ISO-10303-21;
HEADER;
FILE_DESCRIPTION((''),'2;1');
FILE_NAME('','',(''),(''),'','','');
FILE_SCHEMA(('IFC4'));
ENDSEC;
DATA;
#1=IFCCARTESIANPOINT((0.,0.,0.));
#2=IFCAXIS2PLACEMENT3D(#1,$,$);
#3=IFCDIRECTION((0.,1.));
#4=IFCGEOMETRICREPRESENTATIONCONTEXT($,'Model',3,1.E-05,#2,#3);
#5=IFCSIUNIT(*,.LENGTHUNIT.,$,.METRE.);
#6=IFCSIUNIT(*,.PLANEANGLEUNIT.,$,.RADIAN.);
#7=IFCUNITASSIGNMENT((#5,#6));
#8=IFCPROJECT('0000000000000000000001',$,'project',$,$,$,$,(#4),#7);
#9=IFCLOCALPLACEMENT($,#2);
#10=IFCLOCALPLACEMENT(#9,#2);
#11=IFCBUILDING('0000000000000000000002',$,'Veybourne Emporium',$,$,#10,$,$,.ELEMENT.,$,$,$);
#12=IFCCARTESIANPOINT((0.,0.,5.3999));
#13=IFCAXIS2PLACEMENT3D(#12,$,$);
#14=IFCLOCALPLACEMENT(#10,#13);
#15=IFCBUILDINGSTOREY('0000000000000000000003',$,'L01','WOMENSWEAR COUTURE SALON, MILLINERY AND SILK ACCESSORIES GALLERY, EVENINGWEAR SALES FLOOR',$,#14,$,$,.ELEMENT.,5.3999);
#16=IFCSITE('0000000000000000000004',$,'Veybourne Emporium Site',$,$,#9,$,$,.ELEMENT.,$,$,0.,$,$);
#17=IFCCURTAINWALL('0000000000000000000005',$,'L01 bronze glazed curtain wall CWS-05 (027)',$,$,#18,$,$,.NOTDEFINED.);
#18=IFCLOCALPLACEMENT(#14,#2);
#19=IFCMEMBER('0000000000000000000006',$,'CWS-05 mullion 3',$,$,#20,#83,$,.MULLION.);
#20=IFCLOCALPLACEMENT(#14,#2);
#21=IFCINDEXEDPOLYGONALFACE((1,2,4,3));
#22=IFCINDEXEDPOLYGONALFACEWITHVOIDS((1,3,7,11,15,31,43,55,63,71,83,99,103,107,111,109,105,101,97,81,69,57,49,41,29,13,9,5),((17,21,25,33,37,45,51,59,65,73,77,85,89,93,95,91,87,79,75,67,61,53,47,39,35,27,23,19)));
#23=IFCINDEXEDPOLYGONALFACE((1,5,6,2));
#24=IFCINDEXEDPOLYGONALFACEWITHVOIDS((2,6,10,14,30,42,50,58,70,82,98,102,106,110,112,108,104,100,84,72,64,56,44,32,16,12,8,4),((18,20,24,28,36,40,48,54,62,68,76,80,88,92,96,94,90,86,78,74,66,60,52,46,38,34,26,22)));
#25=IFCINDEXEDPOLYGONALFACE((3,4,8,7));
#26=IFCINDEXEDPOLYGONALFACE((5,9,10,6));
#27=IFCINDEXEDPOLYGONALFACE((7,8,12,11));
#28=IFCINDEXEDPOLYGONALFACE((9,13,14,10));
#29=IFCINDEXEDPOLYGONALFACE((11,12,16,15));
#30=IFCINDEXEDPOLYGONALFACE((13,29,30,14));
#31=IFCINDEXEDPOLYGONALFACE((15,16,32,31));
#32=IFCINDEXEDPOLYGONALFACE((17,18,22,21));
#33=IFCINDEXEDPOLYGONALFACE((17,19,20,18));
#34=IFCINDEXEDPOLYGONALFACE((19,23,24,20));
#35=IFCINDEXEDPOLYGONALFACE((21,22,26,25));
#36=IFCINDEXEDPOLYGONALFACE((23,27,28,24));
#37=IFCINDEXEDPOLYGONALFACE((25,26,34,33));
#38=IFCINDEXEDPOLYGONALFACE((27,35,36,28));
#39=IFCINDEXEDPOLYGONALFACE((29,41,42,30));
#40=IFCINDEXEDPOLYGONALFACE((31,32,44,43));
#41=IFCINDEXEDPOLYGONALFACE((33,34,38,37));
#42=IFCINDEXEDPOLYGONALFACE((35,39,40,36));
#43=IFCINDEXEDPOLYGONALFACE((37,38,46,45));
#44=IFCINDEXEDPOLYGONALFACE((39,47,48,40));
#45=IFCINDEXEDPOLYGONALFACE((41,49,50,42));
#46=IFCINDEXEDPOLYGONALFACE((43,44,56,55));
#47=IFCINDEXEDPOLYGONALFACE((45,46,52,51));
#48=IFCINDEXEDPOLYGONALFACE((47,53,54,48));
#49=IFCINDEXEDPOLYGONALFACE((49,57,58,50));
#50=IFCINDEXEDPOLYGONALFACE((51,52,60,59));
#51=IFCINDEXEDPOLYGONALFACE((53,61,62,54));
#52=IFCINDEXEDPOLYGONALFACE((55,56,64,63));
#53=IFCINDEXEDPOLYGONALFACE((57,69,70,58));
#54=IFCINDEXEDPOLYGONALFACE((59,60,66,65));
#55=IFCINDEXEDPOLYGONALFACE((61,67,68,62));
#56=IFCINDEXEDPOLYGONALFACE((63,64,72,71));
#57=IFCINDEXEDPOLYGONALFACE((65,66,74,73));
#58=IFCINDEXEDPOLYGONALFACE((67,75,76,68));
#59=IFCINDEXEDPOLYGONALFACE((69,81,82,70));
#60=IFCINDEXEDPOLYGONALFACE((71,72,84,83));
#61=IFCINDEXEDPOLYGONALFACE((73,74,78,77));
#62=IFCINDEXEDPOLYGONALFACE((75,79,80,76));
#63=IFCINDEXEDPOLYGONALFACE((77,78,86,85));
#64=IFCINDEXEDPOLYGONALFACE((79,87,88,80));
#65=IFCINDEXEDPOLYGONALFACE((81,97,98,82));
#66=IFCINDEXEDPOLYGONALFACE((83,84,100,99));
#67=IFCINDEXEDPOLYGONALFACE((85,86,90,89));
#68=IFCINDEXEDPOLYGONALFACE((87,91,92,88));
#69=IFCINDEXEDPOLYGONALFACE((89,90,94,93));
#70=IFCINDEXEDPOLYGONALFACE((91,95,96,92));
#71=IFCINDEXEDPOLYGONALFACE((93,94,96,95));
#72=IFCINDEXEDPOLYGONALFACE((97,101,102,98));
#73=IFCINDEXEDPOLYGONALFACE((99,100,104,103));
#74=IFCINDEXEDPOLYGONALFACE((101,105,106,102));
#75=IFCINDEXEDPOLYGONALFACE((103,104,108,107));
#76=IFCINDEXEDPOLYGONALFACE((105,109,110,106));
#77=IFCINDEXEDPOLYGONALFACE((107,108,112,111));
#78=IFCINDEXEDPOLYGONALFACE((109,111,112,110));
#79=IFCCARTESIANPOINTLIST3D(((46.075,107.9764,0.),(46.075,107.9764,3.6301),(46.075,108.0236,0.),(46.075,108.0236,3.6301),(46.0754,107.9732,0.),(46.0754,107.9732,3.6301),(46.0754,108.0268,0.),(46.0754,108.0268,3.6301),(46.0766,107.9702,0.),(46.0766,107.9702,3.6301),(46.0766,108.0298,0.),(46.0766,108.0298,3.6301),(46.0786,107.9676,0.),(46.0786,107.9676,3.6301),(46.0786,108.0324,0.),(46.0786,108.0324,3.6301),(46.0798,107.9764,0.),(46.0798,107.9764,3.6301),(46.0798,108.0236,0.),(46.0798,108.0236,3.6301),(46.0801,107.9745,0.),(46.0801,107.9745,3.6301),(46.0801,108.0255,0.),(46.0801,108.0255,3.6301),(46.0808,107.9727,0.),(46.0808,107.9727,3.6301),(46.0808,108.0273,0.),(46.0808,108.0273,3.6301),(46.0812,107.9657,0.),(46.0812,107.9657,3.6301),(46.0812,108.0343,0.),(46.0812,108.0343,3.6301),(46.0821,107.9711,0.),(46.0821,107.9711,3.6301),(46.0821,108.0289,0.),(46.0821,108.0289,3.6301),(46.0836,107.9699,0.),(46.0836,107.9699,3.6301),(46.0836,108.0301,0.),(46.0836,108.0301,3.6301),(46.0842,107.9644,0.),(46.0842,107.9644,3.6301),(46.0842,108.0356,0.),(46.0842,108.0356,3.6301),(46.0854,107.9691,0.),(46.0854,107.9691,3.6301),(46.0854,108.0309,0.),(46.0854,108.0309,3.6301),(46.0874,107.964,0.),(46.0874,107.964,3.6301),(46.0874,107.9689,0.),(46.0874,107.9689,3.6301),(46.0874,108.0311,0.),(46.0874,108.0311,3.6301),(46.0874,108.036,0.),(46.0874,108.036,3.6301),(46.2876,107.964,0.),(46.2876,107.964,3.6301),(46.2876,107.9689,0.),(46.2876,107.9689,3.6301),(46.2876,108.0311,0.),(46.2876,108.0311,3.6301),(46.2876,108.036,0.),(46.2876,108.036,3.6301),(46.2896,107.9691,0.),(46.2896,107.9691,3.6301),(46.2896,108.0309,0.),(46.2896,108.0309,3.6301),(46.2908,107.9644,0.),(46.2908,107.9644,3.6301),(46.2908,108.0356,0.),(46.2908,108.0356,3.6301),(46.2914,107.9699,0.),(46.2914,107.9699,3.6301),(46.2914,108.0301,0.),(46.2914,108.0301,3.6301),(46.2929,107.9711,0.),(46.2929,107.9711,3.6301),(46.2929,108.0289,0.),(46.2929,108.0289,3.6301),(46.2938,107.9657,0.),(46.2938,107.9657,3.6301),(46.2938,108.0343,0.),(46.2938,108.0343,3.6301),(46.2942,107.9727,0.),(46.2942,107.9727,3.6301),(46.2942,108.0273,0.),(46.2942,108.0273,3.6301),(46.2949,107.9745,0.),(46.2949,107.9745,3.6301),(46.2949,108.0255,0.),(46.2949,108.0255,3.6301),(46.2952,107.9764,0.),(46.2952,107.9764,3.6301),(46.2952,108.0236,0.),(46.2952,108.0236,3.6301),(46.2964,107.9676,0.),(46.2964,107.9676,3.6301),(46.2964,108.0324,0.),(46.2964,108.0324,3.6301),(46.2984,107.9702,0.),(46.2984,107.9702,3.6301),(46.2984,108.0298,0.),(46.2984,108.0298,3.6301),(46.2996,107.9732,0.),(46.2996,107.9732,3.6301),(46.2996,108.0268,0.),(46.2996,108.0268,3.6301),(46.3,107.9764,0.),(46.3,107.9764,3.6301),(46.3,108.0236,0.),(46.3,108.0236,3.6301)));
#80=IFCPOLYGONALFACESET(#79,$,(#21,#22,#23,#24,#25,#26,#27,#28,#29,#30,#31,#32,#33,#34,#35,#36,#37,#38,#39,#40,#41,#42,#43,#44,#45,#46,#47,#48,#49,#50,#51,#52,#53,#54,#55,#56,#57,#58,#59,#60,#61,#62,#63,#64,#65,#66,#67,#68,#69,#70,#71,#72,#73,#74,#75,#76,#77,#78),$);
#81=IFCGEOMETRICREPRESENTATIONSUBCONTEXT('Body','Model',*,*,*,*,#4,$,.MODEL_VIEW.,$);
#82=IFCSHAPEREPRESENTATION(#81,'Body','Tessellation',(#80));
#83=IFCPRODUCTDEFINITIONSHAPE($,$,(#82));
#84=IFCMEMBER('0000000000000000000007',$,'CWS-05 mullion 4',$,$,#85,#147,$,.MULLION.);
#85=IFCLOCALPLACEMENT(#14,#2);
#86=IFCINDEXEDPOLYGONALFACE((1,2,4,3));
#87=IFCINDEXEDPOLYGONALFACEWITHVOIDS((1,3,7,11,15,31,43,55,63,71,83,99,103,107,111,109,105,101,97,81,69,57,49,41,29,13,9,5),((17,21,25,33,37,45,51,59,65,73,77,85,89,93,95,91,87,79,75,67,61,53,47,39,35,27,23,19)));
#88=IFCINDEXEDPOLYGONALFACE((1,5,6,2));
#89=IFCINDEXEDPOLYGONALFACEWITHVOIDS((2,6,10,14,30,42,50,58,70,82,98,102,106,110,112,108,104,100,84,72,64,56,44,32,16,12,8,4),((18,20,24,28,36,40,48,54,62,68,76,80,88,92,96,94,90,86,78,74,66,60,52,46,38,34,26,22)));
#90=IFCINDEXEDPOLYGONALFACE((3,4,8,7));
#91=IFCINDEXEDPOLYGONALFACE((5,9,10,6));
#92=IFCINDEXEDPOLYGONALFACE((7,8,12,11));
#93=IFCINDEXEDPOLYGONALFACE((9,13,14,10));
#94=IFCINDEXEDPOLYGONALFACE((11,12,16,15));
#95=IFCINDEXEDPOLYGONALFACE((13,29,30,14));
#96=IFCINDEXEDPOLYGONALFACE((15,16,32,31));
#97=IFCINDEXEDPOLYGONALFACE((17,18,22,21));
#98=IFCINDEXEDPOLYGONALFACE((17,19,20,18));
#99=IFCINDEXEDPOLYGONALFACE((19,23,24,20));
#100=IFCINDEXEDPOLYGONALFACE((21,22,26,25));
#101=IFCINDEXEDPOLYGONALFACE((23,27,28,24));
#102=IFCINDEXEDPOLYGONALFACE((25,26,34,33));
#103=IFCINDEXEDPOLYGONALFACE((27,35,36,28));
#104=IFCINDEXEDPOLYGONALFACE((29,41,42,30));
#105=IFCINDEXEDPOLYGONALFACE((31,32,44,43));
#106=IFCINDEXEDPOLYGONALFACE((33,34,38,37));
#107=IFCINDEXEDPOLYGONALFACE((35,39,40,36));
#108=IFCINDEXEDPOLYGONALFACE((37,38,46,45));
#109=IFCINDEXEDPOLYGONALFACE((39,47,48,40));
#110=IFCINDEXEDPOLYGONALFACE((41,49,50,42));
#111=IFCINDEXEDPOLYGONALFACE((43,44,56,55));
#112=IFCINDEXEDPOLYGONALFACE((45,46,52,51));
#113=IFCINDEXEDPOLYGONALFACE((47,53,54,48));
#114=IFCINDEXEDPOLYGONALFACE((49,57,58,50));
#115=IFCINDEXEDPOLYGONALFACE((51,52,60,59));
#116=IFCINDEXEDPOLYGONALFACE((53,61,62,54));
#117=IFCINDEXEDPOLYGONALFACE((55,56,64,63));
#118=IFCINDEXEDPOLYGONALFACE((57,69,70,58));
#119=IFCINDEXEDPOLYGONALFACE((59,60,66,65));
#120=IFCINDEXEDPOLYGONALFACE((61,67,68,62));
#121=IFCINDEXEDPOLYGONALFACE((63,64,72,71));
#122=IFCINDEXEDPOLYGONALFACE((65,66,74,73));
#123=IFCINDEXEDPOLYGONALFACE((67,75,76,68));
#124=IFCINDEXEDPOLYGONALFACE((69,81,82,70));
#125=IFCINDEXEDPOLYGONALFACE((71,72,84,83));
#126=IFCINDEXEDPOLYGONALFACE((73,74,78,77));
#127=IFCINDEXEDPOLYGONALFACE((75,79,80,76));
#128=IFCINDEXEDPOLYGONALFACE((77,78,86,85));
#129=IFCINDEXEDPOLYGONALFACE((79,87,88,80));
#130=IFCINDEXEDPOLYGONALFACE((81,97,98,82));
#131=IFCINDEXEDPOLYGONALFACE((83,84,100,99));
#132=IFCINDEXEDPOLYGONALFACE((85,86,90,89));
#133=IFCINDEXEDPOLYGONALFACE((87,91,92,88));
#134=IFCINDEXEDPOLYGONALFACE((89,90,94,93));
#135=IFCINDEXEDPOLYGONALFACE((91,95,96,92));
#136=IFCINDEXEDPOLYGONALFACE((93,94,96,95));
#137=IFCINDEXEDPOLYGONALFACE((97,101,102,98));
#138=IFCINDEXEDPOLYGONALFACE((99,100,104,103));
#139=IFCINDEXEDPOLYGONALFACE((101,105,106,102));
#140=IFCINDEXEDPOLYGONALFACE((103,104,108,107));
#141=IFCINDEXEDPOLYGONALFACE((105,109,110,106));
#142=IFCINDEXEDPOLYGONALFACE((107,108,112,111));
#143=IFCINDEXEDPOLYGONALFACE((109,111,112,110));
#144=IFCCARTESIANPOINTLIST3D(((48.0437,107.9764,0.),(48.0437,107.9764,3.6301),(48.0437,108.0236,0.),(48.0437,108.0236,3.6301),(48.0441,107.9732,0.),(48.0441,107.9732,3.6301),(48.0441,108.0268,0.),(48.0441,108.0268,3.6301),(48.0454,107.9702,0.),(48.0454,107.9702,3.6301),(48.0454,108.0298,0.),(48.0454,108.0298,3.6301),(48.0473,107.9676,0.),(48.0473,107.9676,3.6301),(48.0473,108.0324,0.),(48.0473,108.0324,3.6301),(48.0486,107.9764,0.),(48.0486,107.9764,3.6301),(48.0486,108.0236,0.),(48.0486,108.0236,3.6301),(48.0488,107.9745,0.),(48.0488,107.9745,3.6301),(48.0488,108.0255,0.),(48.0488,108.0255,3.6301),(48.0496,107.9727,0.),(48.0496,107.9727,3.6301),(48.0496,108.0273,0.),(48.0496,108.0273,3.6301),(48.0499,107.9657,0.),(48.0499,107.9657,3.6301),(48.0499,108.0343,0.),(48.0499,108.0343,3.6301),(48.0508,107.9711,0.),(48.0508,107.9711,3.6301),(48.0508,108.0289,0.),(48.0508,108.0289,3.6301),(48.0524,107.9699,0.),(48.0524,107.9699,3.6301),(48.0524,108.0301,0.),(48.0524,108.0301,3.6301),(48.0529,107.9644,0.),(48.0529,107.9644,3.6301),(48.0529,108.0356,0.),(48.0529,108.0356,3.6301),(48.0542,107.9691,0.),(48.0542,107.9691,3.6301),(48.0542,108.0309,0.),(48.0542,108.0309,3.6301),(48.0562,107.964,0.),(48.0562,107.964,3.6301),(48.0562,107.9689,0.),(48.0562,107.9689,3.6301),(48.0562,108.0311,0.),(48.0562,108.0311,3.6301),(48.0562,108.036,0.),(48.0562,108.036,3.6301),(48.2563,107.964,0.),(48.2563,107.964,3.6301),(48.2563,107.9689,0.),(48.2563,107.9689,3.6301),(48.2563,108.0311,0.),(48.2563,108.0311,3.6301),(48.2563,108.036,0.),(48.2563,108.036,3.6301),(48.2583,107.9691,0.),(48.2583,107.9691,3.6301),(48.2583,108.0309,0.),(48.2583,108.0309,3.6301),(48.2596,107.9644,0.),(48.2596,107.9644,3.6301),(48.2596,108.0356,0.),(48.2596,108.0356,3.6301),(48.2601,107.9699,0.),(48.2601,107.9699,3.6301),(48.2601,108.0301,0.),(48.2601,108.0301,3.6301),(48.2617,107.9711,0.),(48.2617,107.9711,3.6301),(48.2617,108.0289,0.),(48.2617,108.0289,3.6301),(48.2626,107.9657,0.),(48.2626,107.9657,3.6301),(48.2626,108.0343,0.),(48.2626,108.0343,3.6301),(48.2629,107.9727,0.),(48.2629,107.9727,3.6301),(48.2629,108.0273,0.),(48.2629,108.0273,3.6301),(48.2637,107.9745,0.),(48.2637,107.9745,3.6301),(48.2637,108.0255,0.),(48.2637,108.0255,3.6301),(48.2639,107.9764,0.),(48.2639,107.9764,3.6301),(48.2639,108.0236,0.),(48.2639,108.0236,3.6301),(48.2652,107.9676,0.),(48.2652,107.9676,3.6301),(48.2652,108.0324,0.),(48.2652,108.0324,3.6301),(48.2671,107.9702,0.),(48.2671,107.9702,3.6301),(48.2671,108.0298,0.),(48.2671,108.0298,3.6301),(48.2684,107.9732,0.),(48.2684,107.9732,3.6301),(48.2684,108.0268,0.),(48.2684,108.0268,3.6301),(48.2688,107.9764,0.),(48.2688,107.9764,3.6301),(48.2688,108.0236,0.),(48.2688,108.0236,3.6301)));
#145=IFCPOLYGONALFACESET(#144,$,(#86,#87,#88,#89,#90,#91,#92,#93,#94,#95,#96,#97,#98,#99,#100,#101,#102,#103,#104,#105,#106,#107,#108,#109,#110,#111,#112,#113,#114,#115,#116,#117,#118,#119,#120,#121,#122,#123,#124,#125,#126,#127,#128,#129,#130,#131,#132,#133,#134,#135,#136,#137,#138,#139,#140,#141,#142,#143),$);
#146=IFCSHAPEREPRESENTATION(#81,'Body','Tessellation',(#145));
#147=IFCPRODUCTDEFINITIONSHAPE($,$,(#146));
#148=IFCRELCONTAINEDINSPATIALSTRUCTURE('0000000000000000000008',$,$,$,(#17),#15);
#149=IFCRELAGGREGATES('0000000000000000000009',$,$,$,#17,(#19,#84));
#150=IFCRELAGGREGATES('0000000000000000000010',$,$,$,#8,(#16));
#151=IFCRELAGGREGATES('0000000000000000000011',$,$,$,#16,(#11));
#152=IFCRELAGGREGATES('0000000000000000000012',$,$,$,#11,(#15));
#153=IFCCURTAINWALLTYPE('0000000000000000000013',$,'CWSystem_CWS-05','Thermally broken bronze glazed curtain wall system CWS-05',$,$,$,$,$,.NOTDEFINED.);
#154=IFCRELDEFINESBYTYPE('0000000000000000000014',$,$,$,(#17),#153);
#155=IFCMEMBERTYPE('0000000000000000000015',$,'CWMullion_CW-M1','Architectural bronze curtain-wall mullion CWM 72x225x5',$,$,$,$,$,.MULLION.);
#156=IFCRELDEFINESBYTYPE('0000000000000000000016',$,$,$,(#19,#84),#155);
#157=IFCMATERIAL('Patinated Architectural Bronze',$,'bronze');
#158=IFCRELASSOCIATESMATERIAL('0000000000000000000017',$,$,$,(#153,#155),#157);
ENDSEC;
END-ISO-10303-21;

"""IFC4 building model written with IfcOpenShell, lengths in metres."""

from ifc_helpers import new_model, si_unit, direction, frame, origin, origin_2d, place, context, subcontext, project, spatial, hollow_rectangle, extrude, material, material_profile, profile_set, type_object, element, aggregate, save


model = new_model("IFC4")

# Units and contexts
model_context = context("Model", 3, precision=1e-05, world=origin(), true_north=direction((0.0, 1.0)))
body_context = subcontext(model_context, "Body", "Model", "MODEL_VIEW")
ifc_project = project(units=[si_unit("LENGTHUNIT", "METRE"), si_unit("PLANEANGLEUNIT", "RADIAN")], contexts=[model_context])

# Site, building, storey
site_placement = place(None, origin())
site = spatial("IfcSite", under=ifc_project, at=site_placement, Name="Veybourne Emporium Site", CompositionType="ELEMENT", RefElevation=0.0)
building_placement = place(site_placement, origin())
building = spatial("IfcBuilding", under=site, at=building_placement, Name="Veybourne Emporium", CompositionType="ELEMENT")
storey_placement = place(building_placement, frame((0.0, 0.0, 5.3999)))
storey = spatial("IfcBuildingStorey", under=building, at=storey_placement, Name="L01", Description="WOMENSWEAR COUTURE SALON, MILLINERY AND SILK ACCESSORIES GALLERY, EVENINGWEAR SALES FLOOR", CompositionType="ELEMENT", Elevation=5.3999)

# Curtain wall, members
ifc_material_1 = material(Name="Patinated Architectural Bronze", Category="bronze")
curtain_wall_type = type_object("IfcCurtainWallType", Name="CWSystem_CWS-05", Description="Thermally broken bronze glazed curtain wall system CWS-05", PredefinedType="NOTDEFINED", material=ifc_material_1)
curtain_wall_placement = place(storey_placement, origin())
curtain_wall = element("IfcCurtainWall", 1, at=curtain_wall_placement, inside=storey, type_object=curtain_wall_type, Name="L01 bronze glazed curtain wall CWS-05 (027)", PredefinedType="NOTDEFINED")
ifc_material_profile_1 = material_profile(ifc_material_1, hollow_rectangle(XDim=0.072, YDim=0.2251, WallThickness=0.0049, InnerFilletRadius=0.0076, OuterFilletRadius=0.0125, at=origin_2d()), Name="CWM 72x225x5")
ifc_profile_set_1 = profile_set([ifc_material_profile_1], Name="Patinated Architectural Bronze")
member_type_1 = type_object("IfcMemberType", Name="CWMullion_CW-M1", Description="Architectural bronze curtain-wall mullion CWM 72x225x5", PredefinedType="MULLION", material=ifc_profile_set_1)
member_1_placement = place(storey_placement, frame((46.1875, 108.0, 0.0), z_axis=(0.0, 0.0, 1.0), x_axis=(0.0, 1.0, 0.0)))
member_1 = element("IfcMember", 2, at=member_1_placement, type_object=member_type_1, Name="CWS-05 mullion 3", PredefinedType="MULLION", context=body_context, shape_type="SweptSolid", body=[
    extrude(hollow_rectangle(XDim=0.072, YDim=0.2251, WallThickness=0.0049, InnerFilletRadius=0.0076, OuterFilletRadius=0.0125, at=origin_2d()), origin(), (0.0, 0.0, 1.0), 3.6301),
])
member_2_placement = place(storey_placement, frame((48.1562, 108.0, 0.0), z_axis=(0.0, 0.0, 1.0), x_axis=(0.0, 1.0, 0.0)))
member_2 = element("IfcMember", 3, at=member_2_placement, type_object=member_type_1, Name="CWS-05 mullion 4", PredefinedType="MULLION", context=body_context, shape_type="SweptSolid", body=[
    extrude(hollow_rectangle(XDim=0.072, YDim=0.2251, WallThickness=0.0049, InnerFilletRadius=0.0076, OuterFilletRadius=0.0125, at=origin_2d()), origin(), (0.0, 0.0, 1.0), 3.6301),
])
aggregate(curtain_wall, [member_1, member_2])

save(model, "model.ifc")
